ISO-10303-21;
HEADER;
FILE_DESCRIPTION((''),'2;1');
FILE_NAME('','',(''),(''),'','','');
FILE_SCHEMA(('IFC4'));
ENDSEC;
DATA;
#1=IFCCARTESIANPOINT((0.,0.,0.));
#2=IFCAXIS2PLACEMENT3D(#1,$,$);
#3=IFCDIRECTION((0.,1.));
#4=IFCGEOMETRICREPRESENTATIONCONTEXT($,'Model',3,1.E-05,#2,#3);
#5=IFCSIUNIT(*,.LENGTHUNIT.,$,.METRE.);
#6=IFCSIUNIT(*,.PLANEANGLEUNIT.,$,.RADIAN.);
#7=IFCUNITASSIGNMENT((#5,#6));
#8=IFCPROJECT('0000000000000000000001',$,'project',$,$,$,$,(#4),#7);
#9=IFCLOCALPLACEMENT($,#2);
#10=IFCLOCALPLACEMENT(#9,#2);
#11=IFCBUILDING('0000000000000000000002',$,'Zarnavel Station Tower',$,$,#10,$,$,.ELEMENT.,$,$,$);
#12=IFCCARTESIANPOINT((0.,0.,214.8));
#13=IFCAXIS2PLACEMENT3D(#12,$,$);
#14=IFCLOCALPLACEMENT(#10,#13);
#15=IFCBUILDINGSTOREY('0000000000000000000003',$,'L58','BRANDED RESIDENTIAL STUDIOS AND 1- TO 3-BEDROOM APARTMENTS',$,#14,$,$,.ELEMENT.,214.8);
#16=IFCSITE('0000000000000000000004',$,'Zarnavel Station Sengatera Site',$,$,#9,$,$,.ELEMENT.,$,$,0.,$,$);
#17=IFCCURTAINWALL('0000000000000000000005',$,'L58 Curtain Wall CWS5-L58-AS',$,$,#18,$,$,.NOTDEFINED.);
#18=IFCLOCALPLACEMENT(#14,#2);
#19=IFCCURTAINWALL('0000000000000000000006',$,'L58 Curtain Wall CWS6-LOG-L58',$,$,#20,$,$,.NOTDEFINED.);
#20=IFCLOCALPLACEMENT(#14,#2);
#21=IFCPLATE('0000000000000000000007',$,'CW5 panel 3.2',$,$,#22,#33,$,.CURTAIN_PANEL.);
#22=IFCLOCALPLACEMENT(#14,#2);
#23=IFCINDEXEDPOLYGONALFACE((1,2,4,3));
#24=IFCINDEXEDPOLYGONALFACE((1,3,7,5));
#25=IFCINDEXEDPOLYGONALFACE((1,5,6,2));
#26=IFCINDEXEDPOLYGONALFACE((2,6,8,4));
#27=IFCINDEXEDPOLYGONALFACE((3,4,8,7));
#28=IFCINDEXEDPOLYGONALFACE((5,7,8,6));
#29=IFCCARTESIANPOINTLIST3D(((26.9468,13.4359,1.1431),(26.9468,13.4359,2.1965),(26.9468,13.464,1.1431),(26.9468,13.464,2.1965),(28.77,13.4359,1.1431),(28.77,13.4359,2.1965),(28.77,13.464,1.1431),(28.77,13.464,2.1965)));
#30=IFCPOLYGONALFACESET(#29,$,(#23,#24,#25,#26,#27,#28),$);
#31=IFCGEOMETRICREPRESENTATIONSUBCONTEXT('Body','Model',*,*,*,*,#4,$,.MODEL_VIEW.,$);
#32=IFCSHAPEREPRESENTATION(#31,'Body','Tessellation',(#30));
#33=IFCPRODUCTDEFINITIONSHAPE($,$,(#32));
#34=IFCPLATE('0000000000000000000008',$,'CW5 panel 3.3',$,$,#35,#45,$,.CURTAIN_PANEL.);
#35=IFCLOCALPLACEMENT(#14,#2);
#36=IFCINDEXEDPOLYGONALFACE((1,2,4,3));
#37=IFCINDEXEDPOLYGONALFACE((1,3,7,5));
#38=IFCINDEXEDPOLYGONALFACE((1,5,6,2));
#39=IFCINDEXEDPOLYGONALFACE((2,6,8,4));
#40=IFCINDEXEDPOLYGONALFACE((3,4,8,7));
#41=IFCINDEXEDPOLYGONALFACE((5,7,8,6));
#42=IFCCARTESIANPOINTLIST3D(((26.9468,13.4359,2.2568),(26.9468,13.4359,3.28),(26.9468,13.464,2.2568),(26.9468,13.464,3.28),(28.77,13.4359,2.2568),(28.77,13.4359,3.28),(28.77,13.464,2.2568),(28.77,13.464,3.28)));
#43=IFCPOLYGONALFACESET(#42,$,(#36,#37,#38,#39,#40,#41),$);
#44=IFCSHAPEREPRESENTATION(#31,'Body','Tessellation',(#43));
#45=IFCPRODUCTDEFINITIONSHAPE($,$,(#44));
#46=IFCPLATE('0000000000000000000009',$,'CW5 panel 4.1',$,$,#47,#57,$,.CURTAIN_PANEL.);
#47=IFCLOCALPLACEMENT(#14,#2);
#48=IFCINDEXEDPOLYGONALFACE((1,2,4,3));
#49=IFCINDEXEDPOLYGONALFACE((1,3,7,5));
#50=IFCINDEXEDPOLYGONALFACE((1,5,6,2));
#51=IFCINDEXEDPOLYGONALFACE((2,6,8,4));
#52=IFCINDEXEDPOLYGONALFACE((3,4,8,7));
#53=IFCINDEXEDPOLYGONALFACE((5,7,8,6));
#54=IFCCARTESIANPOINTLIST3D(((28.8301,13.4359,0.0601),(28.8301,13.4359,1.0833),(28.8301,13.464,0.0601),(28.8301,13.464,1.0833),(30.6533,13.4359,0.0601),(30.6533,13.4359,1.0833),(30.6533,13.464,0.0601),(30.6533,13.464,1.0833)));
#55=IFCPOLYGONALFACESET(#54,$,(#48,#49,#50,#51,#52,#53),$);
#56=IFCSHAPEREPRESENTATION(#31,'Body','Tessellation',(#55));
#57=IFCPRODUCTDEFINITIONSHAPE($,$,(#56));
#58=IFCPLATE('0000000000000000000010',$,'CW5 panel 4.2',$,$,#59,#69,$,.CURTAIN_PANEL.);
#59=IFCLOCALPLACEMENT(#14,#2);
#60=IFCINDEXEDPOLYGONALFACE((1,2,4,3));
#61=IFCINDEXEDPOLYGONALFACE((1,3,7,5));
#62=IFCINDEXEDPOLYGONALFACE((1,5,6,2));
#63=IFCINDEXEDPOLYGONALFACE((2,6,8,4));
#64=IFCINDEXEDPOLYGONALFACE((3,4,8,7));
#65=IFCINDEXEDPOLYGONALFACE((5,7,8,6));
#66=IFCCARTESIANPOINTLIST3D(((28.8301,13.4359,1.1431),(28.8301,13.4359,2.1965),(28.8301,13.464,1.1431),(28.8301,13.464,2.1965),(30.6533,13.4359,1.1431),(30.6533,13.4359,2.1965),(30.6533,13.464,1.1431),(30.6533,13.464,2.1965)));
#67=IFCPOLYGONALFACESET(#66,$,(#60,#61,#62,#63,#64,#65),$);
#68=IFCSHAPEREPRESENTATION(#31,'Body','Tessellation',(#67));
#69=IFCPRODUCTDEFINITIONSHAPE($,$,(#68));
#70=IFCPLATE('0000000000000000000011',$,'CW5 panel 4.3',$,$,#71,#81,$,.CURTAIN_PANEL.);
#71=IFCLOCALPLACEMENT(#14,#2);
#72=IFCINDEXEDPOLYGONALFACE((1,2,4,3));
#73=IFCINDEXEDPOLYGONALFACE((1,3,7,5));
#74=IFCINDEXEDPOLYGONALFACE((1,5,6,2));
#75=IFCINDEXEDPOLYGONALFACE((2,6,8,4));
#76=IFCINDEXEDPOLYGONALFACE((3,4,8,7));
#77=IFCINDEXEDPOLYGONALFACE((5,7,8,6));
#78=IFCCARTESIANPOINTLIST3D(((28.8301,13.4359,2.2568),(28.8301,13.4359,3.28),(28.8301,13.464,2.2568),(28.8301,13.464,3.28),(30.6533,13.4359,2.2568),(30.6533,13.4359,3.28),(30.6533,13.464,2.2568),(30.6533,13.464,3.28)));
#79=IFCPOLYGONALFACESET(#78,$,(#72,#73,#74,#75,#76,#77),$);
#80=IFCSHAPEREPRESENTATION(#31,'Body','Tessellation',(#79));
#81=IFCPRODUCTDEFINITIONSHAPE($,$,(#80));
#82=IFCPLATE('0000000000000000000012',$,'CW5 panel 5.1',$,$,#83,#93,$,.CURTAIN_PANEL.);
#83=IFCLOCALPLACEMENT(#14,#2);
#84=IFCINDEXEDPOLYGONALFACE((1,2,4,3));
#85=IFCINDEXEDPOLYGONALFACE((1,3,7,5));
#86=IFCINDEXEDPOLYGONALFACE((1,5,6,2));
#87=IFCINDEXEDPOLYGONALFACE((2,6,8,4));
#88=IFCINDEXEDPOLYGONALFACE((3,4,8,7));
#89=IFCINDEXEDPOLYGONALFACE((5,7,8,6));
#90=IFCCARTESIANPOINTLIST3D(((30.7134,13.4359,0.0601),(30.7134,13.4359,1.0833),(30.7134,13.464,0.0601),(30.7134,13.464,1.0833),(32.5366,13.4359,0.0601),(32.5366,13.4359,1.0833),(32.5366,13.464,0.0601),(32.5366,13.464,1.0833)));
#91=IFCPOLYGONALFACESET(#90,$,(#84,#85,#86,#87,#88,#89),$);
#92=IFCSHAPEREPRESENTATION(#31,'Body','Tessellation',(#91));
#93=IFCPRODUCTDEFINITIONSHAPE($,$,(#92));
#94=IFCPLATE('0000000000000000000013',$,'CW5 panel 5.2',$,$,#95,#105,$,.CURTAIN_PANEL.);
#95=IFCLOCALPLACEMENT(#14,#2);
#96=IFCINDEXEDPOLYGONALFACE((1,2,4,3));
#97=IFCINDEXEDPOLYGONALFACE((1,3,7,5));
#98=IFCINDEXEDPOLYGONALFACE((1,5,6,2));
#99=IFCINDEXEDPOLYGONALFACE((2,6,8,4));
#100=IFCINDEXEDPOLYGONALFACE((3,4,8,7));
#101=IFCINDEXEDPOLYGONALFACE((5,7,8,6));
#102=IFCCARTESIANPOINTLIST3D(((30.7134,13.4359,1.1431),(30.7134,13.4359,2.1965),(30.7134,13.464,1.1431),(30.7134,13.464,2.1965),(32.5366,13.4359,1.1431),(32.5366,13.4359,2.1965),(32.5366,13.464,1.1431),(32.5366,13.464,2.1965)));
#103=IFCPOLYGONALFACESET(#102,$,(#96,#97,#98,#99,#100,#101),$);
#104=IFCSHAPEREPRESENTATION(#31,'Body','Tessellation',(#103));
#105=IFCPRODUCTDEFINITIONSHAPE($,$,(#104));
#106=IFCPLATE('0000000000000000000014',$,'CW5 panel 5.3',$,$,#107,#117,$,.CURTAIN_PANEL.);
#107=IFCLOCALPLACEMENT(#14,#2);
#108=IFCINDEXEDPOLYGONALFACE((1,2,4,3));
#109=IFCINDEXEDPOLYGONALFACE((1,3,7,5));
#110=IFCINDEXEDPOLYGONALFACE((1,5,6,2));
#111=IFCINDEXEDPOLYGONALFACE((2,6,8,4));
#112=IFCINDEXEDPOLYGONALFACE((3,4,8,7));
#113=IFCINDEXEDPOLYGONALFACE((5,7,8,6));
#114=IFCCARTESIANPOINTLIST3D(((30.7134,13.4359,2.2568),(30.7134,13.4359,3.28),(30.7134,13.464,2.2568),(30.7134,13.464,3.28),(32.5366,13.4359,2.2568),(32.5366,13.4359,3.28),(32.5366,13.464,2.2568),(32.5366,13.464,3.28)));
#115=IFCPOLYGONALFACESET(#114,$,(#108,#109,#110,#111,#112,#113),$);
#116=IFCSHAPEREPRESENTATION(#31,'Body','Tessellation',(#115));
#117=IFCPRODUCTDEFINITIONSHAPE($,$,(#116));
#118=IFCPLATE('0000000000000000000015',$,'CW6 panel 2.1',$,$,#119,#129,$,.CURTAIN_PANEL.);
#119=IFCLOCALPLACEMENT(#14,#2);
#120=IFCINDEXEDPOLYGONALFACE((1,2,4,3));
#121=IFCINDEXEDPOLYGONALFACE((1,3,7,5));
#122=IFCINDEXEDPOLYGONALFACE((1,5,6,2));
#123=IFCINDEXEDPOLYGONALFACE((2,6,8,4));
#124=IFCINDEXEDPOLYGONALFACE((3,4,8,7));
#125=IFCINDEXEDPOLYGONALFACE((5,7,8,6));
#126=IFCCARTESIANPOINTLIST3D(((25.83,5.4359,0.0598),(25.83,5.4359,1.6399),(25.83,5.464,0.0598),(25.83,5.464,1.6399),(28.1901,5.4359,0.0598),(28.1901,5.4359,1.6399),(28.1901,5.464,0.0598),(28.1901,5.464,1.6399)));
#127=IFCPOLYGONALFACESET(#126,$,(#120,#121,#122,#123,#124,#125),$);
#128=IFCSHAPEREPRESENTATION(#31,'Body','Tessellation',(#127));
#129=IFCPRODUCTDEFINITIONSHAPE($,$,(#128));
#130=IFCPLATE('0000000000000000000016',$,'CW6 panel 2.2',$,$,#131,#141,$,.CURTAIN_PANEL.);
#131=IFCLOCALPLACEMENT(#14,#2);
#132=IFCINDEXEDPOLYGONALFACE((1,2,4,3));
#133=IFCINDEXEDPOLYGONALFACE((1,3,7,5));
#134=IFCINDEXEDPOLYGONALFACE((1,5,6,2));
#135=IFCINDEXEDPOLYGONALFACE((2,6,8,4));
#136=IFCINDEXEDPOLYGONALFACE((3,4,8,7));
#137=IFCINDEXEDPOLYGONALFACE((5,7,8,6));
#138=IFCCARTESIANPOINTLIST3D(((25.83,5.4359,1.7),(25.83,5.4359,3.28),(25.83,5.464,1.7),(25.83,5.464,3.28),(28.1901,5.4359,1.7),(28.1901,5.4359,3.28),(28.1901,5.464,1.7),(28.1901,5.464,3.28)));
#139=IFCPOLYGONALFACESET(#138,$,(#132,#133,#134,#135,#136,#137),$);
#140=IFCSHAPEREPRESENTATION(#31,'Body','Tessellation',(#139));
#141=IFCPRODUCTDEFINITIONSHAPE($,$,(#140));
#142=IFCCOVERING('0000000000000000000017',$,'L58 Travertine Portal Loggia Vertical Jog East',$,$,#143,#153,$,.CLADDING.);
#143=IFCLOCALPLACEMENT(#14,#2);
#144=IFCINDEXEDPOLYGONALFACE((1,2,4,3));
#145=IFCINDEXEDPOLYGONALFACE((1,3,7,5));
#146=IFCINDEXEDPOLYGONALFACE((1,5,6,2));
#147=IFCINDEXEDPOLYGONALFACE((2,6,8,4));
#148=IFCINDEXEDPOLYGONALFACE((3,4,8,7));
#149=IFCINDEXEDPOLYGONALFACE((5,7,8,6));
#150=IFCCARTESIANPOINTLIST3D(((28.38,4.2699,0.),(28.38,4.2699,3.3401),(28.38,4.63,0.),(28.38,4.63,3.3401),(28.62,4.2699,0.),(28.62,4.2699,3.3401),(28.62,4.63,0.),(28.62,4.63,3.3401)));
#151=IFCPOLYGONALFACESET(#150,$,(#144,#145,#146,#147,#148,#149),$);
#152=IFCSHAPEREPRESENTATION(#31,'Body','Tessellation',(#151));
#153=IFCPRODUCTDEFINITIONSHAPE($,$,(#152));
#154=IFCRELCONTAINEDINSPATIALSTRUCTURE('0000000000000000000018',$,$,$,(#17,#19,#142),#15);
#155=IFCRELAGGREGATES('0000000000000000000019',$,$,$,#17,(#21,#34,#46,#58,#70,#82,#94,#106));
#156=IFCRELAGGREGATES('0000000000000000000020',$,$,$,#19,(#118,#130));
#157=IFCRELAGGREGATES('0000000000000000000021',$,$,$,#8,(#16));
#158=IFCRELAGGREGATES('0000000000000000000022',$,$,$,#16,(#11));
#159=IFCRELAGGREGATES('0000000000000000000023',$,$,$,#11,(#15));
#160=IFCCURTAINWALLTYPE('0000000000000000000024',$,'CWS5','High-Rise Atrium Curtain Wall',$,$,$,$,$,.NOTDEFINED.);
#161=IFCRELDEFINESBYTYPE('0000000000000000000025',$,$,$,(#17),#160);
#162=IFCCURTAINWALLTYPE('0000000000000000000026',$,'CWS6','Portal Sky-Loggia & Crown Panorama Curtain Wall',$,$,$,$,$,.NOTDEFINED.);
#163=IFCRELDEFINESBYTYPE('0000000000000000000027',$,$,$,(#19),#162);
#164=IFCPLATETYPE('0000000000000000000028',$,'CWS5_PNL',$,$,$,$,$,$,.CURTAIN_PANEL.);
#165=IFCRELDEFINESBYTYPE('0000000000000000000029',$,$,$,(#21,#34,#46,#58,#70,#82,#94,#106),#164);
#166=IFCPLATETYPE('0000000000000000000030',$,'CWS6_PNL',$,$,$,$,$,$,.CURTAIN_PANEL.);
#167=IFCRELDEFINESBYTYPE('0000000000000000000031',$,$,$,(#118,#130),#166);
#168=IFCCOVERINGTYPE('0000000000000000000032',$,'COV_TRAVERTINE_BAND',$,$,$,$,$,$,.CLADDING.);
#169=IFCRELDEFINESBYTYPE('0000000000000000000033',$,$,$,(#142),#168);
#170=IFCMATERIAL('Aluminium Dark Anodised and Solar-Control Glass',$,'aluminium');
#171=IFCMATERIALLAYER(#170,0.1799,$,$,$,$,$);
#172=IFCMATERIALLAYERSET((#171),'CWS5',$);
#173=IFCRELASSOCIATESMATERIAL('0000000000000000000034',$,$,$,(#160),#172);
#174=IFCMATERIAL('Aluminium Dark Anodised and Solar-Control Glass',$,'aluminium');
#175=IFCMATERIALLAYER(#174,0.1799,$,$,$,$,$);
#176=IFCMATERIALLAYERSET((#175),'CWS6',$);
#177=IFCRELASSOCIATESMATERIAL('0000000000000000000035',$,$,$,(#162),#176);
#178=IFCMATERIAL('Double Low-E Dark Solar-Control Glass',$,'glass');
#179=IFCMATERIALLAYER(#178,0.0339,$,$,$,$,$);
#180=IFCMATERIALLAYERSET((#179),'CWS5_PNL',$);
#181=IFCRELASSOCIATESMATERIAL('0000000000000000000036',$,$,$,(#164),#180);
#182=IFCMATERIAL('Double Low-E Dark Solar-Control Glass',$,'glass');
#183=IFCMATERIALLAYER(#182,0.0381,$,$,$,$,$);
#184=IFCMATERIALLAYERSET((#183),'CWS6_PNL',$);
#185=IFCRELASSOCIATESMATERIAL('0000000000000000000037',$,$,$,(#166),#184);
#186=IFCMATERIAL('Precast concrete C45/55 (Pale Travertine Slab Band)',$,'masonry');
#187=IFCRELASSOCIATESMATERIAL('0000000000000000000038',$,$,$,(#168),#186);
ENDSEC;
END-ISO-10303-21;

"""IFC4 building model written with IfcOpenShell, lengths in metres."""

from ifc_helpers import new_model, si_unit, direction, frame, origin, origin_2d, place, context, subcontext, project, spatial, rectangle, extrude, material, layer, layer_set, type_object, element, aggregate, save


model = new_model("IFC4")

# Units and contexts
model_context = context("Model", 3, precision=1e-05, world=origin(), true_north=direction((0.0, 1.0)))
body_context = subcontext(model_context, "Body", "Model", "MODEL_VIEW")
ifc_project = project(units=[si_unit("LENGTHUNIT", "METRE"), si_unit("PLANEANGLEUNIT", "RADIAN")], contexts=[model_context])

# Site, building, storey
site_placement = place(None, origin())
site = spatial("IfcSite", under=ifc_project, at=site_placement, Name="Zarnavel Station Sengatera Site", CompositionType="ELEMENT", RefElevation=0.0)
building_placement = place(site_placement, origin())
building = spatial("IfcBuilding", under=site, at=building_placement, Name="Zarnavel Station Tower", CompositionType="ELEMENT")
storey_placement = place(building_placement, frame((0.0, 0.0, 214.8)))
storey = spatial("IfcBuildingStorey", under=building, at=storey_placement, Name="L58", Description="BRANDED RESIDENTIAL STUDIOS AND 1- TO 3-BEDROOM APARTMENTS", CompositionType="ELEMENT", Elevation=214.8)

# Curtain wall
ifc_material_1 = material(Name="Aluminium Dark Anodised and Solar-Control Glass", Category="aluminium")
ifc_layer_1 = layer(ifc_material_1, 0.1799)
ifc_layer_set_1 = layer_set([ifc_layer_1], Name="CWS5")
curtain_wall_type_1 = type_object("IfcCurtainWallType", Name="CWS5", Description="High-Rise Atrium Curtain Wall", PredefinedType="NOTDEFINED", material=ifc_layer_set_1)
curtain_wall_1_placement = place(storey_placement, origin())
curtain_wall_1 = element("IfcCurtainWall", 1, at=curtain_wall_1_placement, inside=storey, type_object=curtain_wall_type_1, Name="L58 Curtain Wall CWS5-L58-AS", PredefinedType="NOTDEFINED")

# Curtain wall
ifc_material_2 = material(Name="Aluminium Dark Anodised and Solar-Control Glass", Category="aluminium")
ifc_layer_2 = layer(ifc_material_2, 0.1799)
ifc_layer_set_2 = layer_set([ifc_layer_2], Name="CWS6")
curtain_wall_type_2 = type_object("IfcCurtainWallType", Name="CWS6", Description="Portal Sky-Loggia & Crown Panorama Curtain Wall", PredefinedType="NOTDEFINED", material=ifc_layer_set_2)
curtain_wall_2_placement = place(storey_placement, origin())
curtain_wall_2 = element("IfcCurtainWall", 2, at=curtain_wall_2_placement, inside=storey, type_object=curtain_wall_type_2, Name="L58 Curtain Wall CWS6-LOG-L58", PredefinedType="NOTDEFINED")

# Plates
ifc_material_3 = material(Name="Double Low-E Dark Solar-Control Glass", Category="glass")
ifc_layer_3 = layer(ifc_material_3, 0.0339)
ifc_layer_set_3 = layer_set([ifc_layer_3], Name="CWS5_PNL")
plate_type_1 = type_object("IfcPlateType", Name="CWS5_PNL", PredefinedType="CURTAIN_PANEL", material=ifc_layer_set_3)
plate_1_placement = place(storey_placement, frame((27.8584, 13.45, 1.1431), z_axis=(0.0, 0.0, 1.0), x_axis=(1.0, 0.0, 0.0)))
plate_1 = element("IfcPlate", 3, at=plate_1_placement, type_object=plate_type_1, Name="CW5 panel 3.2", PredefinedType="CURTAIN_PANEL", context=body_context, shape_type="SweptSolid", body=[
    extrude(rectangle(XDim=1.8232, YDim=0.0281, at=origin_2d()), origin(), (0.0, 0.0, 1.0), 1.0535),
])
plate_2_placement = place(storey_placement, frame((27.8584, 13.45, 2.2568), z_axis=(0.0, 0.0, 1.0), x_axis=(1.0, 0.0, 0.0)))
plate_2 = element("IfcPlate", 4, at=plate_2_placement, type_object=plate_type_1, Name="CW5 panel 3.3", PredefinedType="CURTAIN_PANEL", context=body_context, shape_type="SweptSolid", body=[
    extrude(rectangle(XDim=1.8232, YDim=0.0281, at=origin_2d()), origin(), (0.0, 0.0, 1.0), 1.0232),
])
plate_3_placement = place(storey_placement, frame((29.7417, 13.45, 0.0601), z_axis=(0.0, 0.0, 1.0), x_axis=(1.0, 0.0, 0.0)))
plate_3 = element("IfcPlate", 5, at=plate_3_placement, type_object=plate_type_1, Name="CW5 panel 4.1", PredefinedType="CURTAIN_PANEL", context=body_context, shape_type="SweptSolid", body=[
    extrude(rectangle(XDim=1.8232, YDim=0.0281, at=origin_2d()), origin(), (0.0, 0.0, 1.0), 1.0232),
])
plate_4_placement = place(storey_placement, frame((29.7417, 13.45, 1.1431), z_axis=(0.0, 0.0, 1.0), x_axis=(1.0, 0.0, 0.0)))
plate_4 = element("IfcPlate", 6, at=plate_4_placement, type_object=plate_type_1, Name="CW5 panel 4.2", PredefinedType="CURTAIN_PANEL", context=body_context, shape_type="SweptSolid", body=[
    extrude(rectangle(XDim=1.8232, YDim=0.0281, at=origin_2d()), origin(), (0.0, 0.0, 1.0), 1.0535),
])
plate_5_placement = place(storey_placement, frame((29.7417, 13.45, 2.2568), z_axis=(0.0, 0.0, 1.0), x_axis=(1.0, 0.0, 0.0)))
plate_5 = element("IfcPlate", 7, at=plate_5_placement, type_object=plate_type_1, Name="CW5 panel 4.3", PredefinedType="CURTAIN_PANEL", context=body_context, shape_type="SweptSolid", body=[
    extrude(rectangle(XDim=1.8232, YDim=0.0281, at=origin_2d()), origin(), (0.0, 0.0, 1.0), 1.0232),
])
plate_6_placement = place(storey_placement, frame((31.625, 13.45, 0.0601), z_axis=(0.0, 0.0, 1.0), x_axis=(1.0, 0.0, 0.0)))
plate_6 = element("IfcPlate", 8, at=plate_6_placement, type_object=plate_type_1, Name="CW5 panel 5.1", PredefinedType="CURTAIN_PANEL", context=body_context, shape_type="SweptSolid", body=[
    extrude(rectangle(XDim=1.8232, YDim=0.0281, at=origin_2d()), origin(), (0.0, 0.0, 1.0), 1.0232),
])
plate_7_placement = place(storey_placement, frame((31.625, 13.45, 1.1431), z_axis=(0.0, 0.0, 1.0), x_axis=(1.0, 0.0, 0.0)))
plate_7 = element("IfcPlate", 9, at=plate_7_placement, type_object=plate_type_1, Name="CW5 panel 5.2", PredefinedType="CURTAIN_PANEL", context=body_context, shape_type="SweptSolid", body=[
    extrude(rectangle(XDim=1.8232, YDim=0.0281, at=origin_2d()), origin(), (0.0, 0.0, 1.0), 1.0535),
])
plate_8_placement = place(storey_placement, frame((31.625, 13.45, 2.2568), z_axis=(0.0, 0.0, 1.0), x_axis=(1.0, 0.0, 0.0)))
plate_8 = element("IfcPlate", 10, at=plate_8_placement, type_object=plate_type_1, Name="CW5 panel 5.3", PredefinedType="CURTAIN_PANEL", context=body_context, shape_type="SweptSolid", body=[
    extrude(rectangle(XDim=1.8232, YDim=0.0281, at=origin_2d()), origin(), (0.0, 0.0, 1.0), 1.0232),
])
aggregate(curtain_wall_1, [plate_1, plate_2, plate_3, plate_4, plate_5, plate_6, plate_7, plate_8])
ifc_material_4 = material(Name="Double Low-E Dark Solar-Control Glass", Category="glass")
ifc_layer_4 = layer(ifc_material_4, 0.0381)
ifc_layer_set_4 = layer_set([ifc_layer_4], Name="CWS6_PNL")
plate_type_2 = type_object("IfcPlateType", Name="CWS6_PNL", PredefinedType="CURTAIN_PANEL", material=ifc_layer_set_4)
plate_9_placement = place(storey_placement, frame((27.01, 5.45, 0.0598), z_axis=(0.0, 0.0, 1.0), x_axis=(1.0, 0.0, 0.0)))
plate_9 = element("IfcPlate", 11, at=plate_9_placement, type_object=plate_type_2, Name="CW6 panel 2.1", PredefinedType="CURTAIN_PANEL", context=body_context, shape_type="SweptSolid", body=[
    extrude(rectangle(XDim=2.3601, YDim=0.0281, at=origin_2d()), origin(), (0.0, 0.0, 1.0), 1.5801),
])
plate_10_placement = place(storey_placement, frame((27.01, 5.45, 1.7), z_axis=(0.0, 0.0, 1.0), x_axis=(1.0, 0.0, 0.0)))
plate_10 = element("IfcPlate", 12, at=plate_10_placement, type_object=plate_type_2, Name="CW6 panel 2.2", PredefinedType="CURTAIN_PANEL", context=body_context, shape_type="SweptSolid", body=[
    extrude(rectangle(XDim=2.3601, YDim=0.0281, at=origin_2d()), origin(), (0.0, 0.0, 1.0), 1.5801),
])
aggregate(curtain_wall_2, [plate_9, plate_10])

# Covering
ifc_material_5 = material(Name="Precast concrete C45/55 (Pale Travertine Slab Band)", Category="masonry")
covering_type = type_object("IfcCoveringType", Name="COV_TRAVERTINE_BAND", PredefinedType="CLADDING", material=ifc_material_5)
covering_placement = place(storey_placement, frame((28.5, 4.45, 0.0), z_axis=(0.0, 0.0, 1.0), x_axis=(1.0, 0.0, 0.0)))
element("IfcCovering", 13, at=covering_placement, inside=storey, type_object=covering_type, Name="L58 Travertine Portal Loggia Vertical Jog East", PredefinedType="CLADDING", context=body_context, shape_type="SweptSolid", body=[
    extrude(rectangle(XDim=0.24, YDim=0.3601, at=origin_2d()), origin(), (0.0, 0.0, 1.0), 3.3401),
])

save(model, "model.ifc")
